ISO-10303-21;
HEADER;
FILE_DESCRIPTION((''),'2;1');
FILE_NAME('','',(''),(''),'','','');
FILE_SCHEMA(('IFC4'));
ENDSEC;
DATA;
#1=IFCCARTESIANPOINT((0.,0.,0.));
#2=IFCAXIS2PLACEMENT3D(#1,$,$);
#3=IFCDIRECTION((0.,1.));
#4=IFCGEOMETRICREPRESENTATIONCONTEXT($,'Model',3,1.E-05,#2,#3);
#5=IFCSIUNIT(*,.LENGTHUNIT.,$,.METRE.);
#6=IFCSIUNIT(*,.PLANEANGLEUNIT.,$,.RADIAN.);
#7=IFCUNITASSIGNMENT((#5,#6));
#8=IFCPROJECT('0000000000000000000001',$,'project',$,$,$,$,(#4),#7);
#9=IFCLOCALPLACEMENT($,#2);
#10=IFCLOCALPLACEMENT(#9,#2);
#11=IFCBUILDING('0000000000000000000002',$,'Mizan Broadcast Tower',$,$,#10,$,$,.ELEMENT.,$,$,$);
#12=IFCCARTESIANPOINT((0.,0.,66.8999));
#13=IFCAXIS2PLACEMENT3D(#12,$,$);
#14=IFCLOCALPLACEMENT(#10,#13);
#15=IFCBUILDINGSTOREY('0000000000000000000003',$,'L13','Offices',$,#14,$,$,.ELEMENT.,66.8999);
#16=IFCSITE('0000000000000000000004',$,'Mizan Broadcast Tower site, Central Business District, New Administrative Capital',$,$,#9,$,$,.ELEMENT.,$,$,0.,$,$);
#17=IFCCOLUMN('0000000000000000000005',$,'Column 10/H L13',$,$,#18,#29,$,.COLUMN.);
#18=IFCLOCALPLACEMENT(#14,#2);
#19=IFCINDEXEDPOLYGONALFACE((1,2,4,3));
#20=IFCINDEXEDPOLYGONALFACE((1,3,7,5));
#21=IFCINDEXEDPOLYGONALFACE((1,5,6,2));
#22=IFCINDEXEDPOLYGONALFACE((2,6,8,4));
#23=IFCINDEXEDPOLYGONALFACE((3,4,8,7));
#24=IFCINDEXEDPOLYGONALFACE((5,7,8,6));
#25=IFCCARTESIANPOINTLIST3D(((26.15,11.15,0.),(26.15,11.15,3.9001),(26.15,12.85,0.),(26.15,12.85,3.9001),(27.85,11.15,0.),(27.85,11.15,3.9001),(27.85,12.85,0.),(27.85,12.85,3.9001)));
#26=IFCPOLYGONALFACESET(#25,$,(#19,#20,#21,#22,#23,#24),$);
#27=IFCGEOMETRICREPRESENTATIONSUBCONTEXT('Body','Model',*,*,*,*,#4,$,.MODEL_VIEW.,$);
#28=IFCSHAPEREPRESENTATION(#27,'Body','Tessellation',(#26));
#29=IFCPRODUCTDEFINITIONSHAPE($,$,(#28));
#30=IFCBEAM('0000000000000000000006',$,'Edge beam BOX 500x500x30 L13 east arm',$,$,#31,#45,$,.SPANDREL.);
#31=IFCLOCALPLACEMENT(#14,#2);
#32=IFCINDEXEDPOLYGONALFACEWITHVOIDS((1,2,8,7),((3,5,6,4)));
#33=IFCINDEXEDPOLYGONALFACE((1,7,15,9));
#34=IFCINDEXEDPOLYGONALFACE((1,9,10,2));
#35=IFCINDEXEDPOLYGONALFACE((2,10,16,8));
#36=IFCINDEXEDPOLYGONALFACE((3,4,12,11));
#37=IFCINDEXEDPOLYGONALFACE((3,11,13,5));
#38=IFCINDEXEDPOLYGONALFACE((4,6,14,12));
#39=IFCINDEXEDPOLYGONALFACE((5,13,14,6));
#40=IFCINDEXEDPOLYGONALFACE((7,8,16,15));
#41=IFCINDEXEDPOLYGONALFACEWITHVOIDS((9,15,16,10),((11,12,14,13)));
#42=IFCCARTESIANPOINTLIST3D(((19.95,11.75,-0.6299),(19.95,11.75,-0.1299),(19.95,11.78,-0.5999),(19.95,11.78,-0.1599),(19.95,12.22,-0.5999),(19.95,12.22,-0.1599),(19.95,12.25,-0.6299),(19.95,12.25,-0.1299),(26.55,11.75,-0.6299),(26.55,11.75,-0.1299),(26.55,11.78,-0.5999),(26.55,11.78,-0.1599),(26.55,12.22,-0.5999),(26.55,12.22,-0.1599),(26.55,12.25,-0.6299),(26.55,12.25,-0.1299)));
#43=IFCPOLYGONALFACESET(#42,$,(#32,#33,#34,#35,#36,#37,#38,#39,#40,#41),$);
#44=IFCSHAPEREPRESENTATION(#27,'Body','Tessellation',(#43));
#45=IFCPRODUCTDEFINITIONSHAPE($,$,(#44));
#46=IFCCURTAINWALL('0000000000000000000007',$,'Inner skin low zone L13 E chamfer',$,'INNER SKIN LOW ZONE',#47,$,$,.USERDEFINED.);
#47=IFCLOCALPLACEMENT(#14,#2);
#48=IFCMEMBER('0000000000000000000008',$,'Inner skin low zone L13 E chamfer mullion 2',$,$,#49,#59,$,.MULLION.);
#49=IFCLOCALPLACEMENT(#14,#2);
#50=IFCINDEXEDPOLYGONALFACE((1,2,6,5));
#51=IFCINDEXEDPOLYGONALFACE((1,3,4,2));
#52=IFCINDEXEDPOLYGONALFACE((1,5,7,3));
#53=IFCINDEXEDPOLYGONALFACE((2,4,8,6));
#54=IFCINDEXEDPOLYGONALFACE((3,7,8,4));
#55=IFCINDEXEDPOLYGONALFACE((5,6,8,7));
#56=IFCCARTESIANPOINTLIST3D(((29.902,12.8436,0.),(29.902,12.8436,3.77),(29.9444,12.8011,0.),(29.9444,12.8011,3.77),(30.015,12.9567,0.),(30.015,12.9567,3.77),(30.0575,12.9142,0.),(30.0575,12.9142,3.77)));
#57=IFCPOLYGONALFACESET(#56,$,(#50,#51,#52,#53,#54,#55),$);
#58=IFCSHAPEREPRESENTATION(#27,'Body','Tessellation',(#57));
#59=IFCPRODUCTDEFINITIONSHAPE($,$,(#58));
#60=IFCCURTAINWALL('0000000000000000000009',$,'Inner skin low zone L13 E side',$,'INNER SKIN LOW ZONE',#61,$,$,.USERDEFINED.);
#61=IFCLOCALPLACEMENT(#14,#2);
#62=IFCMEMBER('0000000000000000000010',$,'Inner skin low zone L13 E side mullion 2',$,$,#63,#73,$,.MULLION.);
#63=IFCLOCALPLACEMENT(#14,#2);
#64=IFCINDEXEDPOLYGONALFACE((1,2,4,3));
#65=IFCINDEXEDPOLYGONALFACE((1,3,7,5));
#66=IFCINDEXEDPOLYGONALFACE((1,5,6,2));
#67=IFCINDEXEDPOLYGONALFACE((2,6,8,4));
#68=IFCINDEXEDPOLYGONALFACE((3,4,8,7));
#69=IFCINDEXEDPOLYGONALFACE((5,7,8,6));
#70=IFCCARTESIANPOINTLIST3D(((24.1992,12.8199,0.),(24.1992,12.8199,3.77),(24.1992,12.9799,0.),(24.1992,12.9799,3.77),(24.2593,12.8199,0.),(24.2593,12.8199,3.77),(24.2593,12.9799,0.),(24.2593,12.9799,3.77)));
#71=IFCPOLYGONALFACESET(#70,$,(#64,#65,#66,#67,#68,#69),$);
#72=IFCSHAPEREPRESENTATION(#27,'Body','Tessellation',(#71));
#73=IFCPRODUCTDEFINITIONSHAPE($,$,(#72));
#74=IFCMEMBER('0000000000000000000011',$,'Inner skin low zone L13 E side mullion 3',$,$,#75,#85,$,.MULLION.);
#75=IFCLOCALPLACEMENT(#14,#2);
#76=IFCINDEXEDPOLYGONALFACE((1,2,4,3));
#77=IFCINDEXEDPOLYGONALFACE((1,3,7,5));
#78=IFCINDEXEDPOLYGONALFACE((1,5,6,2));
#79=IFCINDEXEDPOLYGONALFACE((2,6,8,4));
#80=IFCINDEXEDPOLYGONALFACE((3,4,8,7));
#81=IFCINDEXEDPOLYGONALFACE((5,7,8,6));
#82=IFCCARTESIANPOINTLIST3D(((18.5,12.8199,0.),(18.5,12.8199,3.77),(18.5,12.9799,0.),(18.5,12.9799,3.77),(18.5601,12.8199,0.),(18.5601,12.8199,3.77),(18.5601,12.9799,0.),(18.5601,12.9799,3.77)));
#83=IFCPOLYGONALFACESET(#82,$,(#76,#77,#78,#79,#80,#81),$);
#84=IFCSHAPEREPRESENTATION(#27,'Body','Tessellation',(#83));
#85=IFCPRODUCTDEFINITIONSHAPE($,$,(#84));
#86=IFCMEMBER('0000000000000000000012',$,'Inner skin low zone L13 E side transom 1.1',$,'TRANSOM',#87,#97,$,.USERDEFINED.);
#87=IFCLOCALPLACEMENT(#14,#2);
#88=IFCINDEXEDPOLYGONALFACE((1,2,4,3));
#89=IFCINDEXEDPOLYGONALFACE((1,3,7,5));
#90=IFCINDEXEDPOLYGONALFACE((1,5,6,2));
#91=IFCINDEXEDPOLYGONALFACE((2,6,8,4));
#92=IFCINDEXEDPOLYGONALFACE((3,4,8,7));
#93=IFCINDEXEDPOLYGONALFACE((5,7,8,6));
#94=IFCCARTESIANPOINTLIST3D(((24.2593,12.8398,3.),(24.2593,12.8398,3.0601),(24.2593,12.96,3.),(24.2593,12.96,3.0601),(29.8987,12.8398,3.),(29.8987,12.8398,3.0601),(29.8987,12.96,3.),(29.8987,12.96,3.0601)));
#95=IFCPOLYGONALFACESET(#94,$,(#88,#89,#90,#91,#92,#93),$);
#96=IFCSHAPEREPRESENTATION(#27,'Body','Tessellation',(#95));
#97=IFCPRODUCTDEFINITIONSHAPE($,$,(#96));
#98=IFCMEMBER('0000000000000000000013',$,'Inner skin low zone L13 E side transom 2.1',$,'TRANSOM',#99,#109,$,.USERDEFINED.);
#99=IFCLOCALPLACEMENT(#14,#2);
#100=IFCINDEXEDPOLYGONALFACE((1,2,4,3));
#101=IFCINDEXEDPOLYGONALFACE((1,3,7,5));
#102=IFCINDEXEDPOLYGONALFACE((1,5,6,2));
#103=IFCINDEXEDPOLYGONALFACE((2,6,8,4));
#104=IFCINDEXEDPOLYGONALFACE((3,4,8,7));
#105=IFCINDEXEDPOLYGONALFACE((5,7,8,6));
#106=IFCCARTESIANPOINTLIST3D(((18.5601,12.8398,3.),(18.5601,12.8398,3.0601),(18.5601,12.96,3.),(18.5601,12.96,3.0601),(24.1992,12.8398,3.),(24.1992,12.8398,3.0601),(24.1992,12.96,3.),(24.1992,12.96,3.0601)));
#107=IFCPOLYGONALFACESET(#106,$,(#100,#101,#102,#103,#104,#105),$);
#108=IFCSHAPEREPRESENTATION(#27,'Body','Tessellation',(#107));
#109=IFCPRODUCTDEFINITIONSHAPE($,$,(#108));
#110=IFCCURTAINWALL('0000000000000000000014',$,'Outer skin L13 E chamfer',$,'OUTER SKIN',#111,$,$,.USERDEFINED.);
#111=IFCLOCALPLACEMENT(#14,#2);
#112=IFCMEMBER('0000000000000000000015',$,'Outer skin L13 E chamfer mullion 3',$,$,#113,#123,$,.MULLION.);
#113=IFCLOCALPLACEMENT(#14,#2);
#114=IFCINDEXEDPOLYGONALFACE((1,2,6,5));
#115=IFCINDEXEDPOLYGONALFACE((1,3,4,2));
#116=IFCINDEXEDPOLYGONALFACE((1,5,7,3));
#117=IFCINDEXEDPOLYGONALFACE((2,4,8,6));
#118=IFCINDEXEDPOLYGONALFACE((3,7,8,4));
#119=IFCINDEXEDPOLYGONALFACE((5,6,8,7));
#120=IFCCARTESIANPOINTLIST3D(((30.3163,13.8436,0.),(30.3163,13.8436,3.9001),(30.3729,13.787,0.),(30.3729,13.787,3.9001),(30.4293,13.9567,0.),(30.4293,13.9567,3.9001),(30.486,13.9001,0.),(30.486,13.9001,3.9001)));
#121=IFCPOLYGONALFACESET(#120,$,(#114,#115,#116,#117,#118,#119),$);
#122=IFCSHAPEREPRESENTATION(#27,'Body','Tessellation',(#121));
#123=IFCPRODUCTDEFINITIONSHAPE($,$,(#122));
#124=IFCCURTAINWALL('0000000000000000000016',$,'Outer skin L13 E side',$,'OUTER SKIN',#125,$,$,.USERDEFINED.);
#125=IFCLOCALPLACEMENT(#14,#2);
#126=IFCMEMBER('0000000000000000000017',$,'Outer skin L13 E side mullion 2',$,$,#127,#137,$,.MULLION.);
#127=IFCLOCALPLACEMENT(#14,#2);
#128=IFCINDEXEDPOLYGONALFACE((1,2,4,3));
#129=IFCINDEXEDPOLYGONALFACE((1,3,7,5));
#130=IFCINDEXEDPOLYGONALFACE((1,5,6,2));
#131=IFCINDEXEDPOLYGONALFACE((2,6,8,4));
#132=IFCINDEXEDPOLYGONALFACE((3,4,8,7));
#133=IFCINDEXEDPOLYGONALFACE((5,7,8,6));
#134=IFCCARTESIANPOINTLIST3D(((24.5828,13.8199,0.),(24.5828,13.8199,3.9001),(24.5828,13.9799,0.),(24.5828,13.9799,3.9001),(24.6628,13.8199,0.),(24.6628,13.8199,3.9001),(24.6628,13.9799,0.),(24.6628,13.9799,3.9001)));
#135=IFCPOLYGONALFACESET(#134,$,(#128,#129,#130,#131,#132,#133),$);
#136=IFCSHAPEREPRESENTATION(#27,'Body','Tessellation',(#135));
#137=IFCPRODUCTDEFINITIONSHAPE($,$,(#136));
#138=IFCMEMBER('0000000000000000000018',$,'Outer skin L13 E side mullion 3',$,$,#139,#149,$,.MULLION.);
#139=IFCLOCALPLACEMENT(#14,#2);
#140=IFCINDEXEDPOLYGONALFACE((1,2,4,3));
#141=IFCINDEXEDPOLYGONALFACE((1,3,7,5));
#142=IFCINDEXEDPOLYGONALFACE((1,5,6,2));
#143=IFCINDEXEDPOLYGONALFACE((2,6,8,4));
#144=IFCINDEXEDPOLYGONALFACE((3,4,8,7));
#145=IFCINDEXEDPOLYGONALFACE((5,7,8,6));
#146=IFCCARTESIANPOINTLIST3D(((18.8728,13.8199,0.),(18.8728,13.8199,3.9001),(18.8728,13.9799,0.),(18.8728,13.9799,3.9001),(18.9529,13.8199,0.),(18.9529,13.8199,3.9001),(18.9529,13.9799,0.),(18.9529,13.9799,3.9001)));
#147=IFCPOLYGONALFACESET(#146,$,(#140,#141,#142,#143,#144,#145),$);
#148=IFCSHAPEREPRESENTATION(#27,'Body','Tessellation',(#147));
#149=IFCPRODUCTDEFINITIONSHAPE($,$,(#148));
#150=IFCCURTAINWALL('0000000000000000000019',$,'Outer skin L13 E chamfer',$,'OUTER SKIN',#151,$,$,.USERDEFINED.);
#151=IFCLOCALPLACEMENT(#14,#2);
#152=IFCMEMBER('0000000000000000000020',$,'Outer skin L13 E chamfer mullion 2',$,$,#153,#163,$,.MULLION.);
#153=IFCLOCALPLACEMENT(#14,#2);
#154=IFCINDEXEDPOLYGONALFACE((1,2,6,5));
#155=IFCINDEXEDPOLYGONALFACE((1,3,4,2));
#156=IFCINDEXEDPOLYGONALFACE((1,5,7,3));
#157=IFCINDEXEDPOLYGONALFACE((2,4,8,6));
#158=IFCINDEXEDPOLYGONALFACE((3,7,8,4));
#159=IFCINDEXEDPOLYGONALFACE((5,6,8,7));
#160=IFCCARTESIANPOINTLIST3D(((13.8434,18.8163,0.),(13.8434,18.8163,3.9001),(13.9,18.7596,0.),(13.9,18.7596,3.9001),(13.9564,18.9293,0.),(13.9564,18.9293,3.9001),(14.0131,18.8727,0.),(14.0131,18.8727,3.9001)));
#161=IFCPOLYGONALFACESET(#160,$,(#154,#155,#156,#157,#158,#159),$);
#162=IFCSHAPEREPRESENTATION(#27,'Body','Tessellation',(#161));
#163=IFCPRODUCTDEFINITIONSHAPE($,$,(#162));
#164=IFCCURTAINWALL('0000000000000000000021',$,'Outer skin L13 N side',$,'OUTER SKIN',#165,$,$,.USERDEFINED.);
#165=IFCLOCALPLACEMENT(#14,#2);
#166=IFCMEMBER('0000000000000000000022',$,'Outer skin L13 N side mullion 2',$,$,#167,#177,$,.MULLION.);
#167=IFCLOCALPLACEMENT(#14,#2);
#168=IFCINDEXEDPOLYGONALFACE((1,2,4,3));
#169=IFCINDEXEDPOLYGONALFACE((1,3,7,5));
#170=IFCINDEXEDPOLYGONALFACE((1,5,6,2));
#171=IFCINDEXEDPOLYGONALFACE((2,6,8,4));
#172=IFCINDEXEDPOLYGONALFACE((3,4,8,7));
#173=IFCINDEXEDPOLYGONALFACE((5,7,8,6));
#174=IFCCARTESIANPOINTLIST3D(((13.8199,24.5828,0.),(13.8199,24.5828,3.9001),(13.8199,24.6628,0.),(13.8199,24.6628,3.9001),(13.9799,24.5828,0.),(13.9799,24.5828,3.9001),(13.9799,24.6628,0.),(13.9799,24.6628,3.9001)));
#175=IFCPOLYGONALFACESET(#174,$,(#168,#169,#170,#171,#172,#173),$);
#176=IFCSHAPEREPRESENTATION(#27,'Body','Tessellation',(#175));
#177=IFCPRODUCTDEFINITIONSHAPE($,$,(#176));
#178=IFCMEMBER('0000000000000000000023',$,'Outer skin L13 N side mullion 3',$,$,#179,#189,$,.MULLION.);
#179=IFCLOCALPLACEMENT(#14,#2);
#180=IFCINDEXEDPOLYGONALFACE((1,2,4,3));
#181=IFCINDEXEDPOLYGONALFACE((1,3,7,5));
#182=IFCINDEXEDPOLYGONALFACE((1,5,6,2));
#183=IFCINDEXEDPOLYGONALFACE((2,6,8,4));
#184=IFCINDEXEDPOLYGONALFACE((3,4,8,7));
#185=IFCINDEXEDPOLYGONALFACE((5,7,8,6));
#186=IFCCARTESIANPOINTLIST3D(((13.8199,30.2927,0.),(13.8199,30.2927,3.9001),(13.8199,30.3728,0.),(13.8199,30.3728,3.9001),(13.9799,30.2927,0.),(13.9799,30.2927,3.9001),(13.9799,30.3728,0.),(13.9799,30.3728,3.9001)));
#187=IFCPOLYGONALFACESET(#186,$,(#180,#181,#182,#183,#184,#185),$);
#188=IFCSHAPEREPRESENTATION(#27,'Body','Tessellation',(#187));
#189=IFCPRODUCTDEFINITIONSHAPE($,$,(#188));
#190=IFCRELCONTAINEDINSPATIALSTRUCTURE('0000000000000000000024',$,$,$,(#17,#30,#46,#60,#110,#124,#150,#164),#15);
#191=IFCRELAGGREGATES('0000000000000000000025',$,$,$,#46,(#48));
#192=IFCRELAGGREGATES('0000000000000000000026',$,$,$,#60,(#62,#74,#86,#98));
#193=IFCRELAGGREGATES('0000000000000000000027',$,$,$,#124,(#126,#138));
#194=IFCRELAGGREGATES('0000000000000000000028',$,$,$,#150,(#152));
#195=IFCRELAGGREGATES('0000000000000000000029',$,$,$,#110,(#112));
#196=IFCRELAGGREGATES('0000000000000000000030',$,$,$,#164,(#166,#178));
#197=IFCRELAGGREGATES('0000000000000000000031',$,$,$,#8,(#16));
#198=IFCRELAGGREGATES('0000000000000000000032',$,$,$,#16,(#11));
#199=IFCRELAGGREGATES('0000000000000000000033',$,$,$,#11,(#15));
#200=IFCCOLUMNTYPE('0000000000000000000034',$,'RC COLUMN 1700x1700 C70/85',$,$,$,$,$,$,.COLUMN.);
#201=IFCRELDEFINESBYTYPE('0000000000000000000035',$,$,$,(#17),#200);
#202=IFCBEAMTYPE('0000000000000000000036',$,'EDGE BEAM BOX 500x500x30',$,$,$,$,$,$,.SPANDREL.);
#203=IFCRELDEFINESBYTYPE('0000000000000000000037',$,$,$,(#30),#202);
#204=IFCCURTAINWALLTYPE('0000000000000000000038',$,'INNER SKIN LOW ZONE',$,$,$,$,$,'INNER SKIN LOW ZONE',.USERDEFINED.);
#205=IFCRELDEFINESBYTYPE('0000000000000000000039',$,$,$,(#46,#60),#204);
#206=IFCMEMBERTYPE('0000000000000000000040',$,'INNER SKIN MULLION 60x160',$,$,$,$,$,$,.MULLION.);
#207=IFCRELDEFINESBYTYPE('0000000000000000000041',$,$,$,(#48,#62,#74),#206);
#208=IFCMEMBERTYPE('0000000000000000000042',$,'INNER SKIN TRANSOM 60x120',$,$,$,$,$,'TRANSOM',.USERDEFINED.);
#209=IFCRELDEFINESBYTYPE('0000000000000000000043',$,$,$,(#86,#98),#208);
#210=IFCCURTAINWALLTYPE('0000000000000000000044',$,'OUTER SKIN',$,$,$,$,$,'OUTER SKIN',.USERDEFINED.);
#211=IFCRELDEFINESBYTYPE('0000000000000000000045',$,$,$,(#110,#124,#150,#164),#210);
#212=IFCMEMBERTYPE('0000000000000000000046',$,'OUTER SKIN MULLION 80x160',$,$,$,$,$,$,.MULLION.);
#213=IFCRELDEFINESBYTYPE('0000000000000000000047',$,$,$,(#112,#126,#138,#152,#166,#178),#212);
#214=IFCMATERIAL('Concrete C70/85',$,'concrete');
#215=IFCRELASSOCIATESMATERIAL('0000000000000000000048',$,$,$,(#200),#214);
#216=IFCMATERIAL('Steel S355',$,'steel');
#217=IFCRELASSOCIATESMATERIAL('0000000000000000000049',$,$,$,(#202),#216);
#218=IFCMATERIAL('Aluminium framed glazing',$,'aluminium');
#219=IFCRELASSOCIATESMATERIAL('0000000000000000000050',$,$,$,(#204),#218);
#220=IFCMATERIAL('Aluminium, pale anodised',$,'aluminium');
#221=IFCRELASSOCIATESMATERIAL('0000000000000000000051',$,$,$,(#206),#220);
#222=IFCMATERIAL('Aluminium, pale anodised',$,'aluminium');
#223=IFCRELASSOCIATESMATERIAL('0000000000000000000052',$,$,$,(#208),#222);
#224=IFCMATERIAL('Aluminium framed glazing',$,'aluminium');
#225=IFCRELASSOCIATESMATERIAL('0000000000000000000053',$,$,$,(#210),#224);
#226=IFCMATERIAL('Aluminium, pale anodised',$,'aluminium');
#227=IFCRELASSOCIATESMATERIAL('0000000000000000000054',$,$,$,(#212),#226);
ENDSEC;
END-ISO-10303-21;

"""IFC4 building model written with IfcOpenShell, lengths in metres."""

from ifc_helpers import new_model, si_unit, direction, frame, origin, origin_2d, place, context, subcontext, project, spatial, rectangle, hollow_rectangle, extrude, material, material_profile, profile_set, type_object, element, aggregate, save


model = new_model("IFC4")

# Units and contexts
model_context = context("Model", 3, precision=1e-05, world=origin(), true_north=direction((0.0, 1.0)))
body_context = subcontext(model_context, "Body", "Model", "MODEL_VIEW")
ifc_project = project(units=[si_unit("LENGTHUNIT", "METRE"), si_unit("PLANEANGLEUNIT", "RADIAN")], contexts=[model_context])

# Site, building, storey
site_placement = place(None, origin())
site = spatial("IfcSite", under=ifc_project, at=site_placement, Name="Mizan Broadcast Tower site, Central Business District, New Administrative Capital", CompositionType="ELEMENT", RefElevation=0.0)
building_placement = place(site_placement, origin())
building = spatial("IfcBuilding", under=site, at=building_placement, Name="Mizan Broadcast Tower", CompositionType="ELEMENT")
storey_placement = place(building_placement, frame((0.0, 0.0, 66.8999)))
storey = spatial("IfcBuildingStorey", under=building, at=storey_placement, Name="L13", Description="Offices", CompositionType="ELEMENT", Elevation=66.8999)

# Column
ifc_material_1 = material(Name="Concrete C70/85", Category="concrete")
ifc_material_profile_1 = material_profile(ifc_material_1, rectangle(XDim=1.7, YDim=1.7, at=origin_2d()), Name="RC 1700x1700")
ifc_profile_set_1 = profile_set([ifc_material_profile_1], Name="Concrete C70/85")
column_type = type_object("IfcColumnType", Name="RC COLUMN 1700x1700 C70/85", PredefinedType="COLUMN", material=ifc_profile_set_1)
column_placement = place(storey_placement, frame((27.0, 12.0, 0.0), z_axis=(0.0, 0.0, 1.0), x_axis=(1.0, 0.0, 0.0)))
element("IfcColumn", 1, at=column_placement, inside=storey, type_object=column_type, Name="Column 10/H L13", PredefinedType="COLUMN", context=body_context, shape_type="SweptSolid", body=[
    extrude(rectangle(XDim=1.7, YDim=1.7, at=origin_2d()), origin(), (0.0, 0.0, 1.0), 3.9001),
])

# Beam
ifc_material_2 = material(Name="Steel S355", Category="steel")
ifc_material_profile_2 = material_profile(ifc_material_2, hollow_rectangle(XDim=0.5, YDim=0.5, WallThickness=0.03, at=origin_2d()), Name="BOX 500x500x30")
ifc_profile_set_2 = profile_set([ifc_material_profile_2], Name="Steel S355")
beam_type_1 = type_object("IfcBeamType", Name="EDGE BEAM BOX 500x500x30", PredefinedType="SPANDREL", material=ifc_profile_set_2)
beam_1_placement = place(storey_placement, frame((19.95, 12.0, -0.3799), z_axis=(1.0, 0.0, 0.0), x_axis=(0.0, 1.0, 0.0)))
element("IfcBeam", 2, at=beam_1_placement, inside=storey, type_object=beam_type_1, Name="Edge beam BOX 500x500x30 L13 east arm", PredefinedType="SPANDREL", context=body_context, shape_type="SweptSolid", body=[
    extrude(hollow_rectangle(XDim=0.5, YDim=0.5, WallThickness=0.03, at=origin_2d()), origin(), (0.0, 0.0, 1.0), 6.6001),
])

# Curtain wall, member
ifc_material_3 = material(Name="Aluminium framed glazing", Category="aluminium")
curtain_wall_type_1 = type_object("IfcCurtainWallType", Name="INNER SKIN LOW ZONE", ElementType="INNER SKIN LOW ZONE", PredefinedType="USERDEFINED", material=ifc_material_3)
curtain_wall_1_placement = place(storey_placement, origin())
curtain_wall_1 = element("IfcCurtainWall", 3, at=curtain_wall_1_placement, inside=storey, type_object=curtain_wall_type_1, Name="Inner skin low zone L13 E chamfer", ObjectType="INNER SKIN LOW ZONE", PredefinedType="USERDEFINED")
ifc_material_4 = material(Name="Aluminium, pale anodised", Category="aluminium")
ifc_material_profile_3 = material_profile(ifc_material_4, rectangle(XDim=0.1599, YDim=0.0601, at=origin_2d()), Name="MULLION 160x60")
ifc_profile_set_3 = profile_set([ifc_material_profile_3], Name="Aluminium, pale anodised")
member_type_1 = type_object("IfcMemberType", Name="INNER SKIN MULLION 60x160", PredefinedType="MULLION", material=ifc_profile_set_3)
member_1_placement = place(storey_placement, frame((29.9797, 12.8789, 0.0), z_axis=(0.0, 0.0, 1.0), x_axis=(-0.707107, -0.707107, 0.0)))
member_1 = element("IfcMember", 4, at=member_1_placement, type_object=member_type_1, Name="Inner skin low zone L13 E chamfer mullion 2", PredefinedType="MULLION", context=body_context, shape_type="SweptSolid", body=[
    extrude(rectangle(XDim=0.1599, YDim=0.0601, at=origin_2d()), origin(), (0.0, 0.0, 1.0), 3.77),
])
aggregate(curtain_wall_1, [member_1])

# Curtain wall, members
curtain_wall_2_placement = place(storey_placement, origin())
curtain_wall_2 = element("IfcCurtainWall", 5, at=curtain_wall_2_placement, inside=storey, type_object=curtain_wall_type_1, Name="Inner skin low zone L13 E side", ObjectType="INNER SKIN LOW ZONE", PredefinedType="USERDEFINED")
member_2_placement = place(storey_placement, frame((24.2292, 12.8999, 0.0), z_axis=(0.0, 0.0, 1.0), x_axis=(0.0, -1.0, 0.0)))
member_2 = element("IfcMember", 6, at=member_2_placement, type_object=member_type_1, Name="Inner skin low zone L13 E side mullion 2", PredefinedType="MULLION", context=body_context, shape_type="SweptSolid", body=[
    extrude(rectangle(XDim=0.1599, YDim=0.0601, at=origin_2d()), origin(), (0.0, 0.0, 1.0), 3.77),
])
member_3_placement = place(storey_placement, frame((18.53, 12.8999, 0.0), z_axis=(0.0, 0.0, 1.0), x_axis=(0.0, -1.0, 0.0)))
member_3 = element("IfcMember", 7, at=member_3_placement, type_object=member_type_1, Name="Inner skin low zone L13 E side mullion 3", PredefinedType="MULLION", context=body_context, shape_type="SweptSolid", body=[
    extrude(rectangle(XDim=0.1599, YDim=0.0601, at=origin_2d()), origin(), (0.0, 0.0, 1.0), 3.77),
])
ifc_material_5 = material(Name="Aluminium, pale anodised", Category="aluminium")
ifc_material_profile_4 = material_profile(ifc_material_5, rectangle(XDim=0.1201, YDim=0.0601, at=origin_2d()), Name="TRANSOM 120x60")
ifc_profile_set_4 = profile_set([ifc_material_profile_4], Name="Aluminium, pale anodised")
member_type_2 = type_object("IfcMemberType", Name="INNER SKIN TRANSOM 60x120", ElementType="TRANSOM", PredefinedType="USERDEFINED", material=ifc_profile_set_4)
member_4_placement = place(storey_placement, frame((29.8987, 12.8999, 3.03), z_axis=(-1.0, 0.0, 0.0), x_axis=(0.0, -1.0, 0.0)))
member_4 = element("IfcMember", 8, at=member_4_placement, type_object=member_type_2, Name="Inner skin low zone L13 E side transom 1.1", ObjectType="TRANSOM", PredefinedType="USERDEFINED", context=body_context, shape_type="SweptSolid", body=[
    extrude(rectangle(XDim=0.1201, YDim=0.0601, at=origin_2d()), origin(), (0.0, 0.0, 1.0), 5.6394),
])
member_5_placement = place(storey_placement, frame((24.1992, 12.8999, 3.03), z_axis=(-1.0, 0.0, 0.0), x_axis=(0.0, -1.0, 0.0)))
member_5 = element("IfcMember", 9, at=member_5_placement, type_object=member_type_2, Name="Inner skin low zone L13 E side transom 2.1", ObjectType="TRANSOM", PredefinedType="USERDEFINED", context=body_context, shape_type="SweptSolid", body=[
    extrude(rectangle(XDim=0.1201, YDim=0.0601, at=origin_2d()), origin(), (0.0, 0.0, 1.0), 5.6392),
])

# Curtain wall, member
ifc_material_6 = material(Name="Aluminium framed glazing", Category="aluminium")
curtain_wall_type_2 = type_object("IfcCurtainWallType", Name="OUTER SKIN", ElementType="OUTER SKIN", PredefinedType="USERDEFINED", material=ifc_material_6)
curtain_wall_3_placement = place(storey_placement, origin())
curtain_wall_3 = element("IfcCurtainWall", 10, at=curtain_wall_3_placement, inside=storey, type_object=curtain_wall_type_2, Name="Outer skin L13 E chamfer", ObjectType="OUTER SKIN", PredefinedType="USERDEFINED")
ifc_material_7 = material(Name="Aluminium, pale anodised", Category="aluminium")
ifc_material_profile_5 = material_profile(ifc_material_7, rectangle(XDim=0.1599, YDim=0.0801, at=origin_2d()), Name="MULLION 160x80")
ifc_profile_set_5 = profile_set([ifc_material_profile_5], Name="Aluminium, pale anodised")
member_type_3 = type_object("IfcMemberType", Name="OUTER SKIN MULLION 80x160", PredefinedType="MULLION", material=ifc_profile_set_5)
member_6_placement = place(storey_placement, frame((30.4011, 13.8718, 0.0), z_axis=(0.0, 0.0, 1.0), x_axis=(-0.707107, -0.707107, 0.0)))
member_6 = element("IfcMember", 11, at=member_6_placement, type_object=member_type_3, Name="Outer skin L13 E chamfer mullion 3", PredefinedType="MULLION", context=body_context, shape_type="SweptSolid", body=[
    extrude(rectangle(XDim=0.1599, YDim=0.0801, at=origin_2d()), origin(), (0.0, 0.0, 1.0), 3.9001),
])

# Curtain wall, members
curtain_wall_4_placement = place(storey_placement, origin())
curtain_wall_4 = element("IfcCurtainWall", 12, at=curtain_wall_4_placement, inside=storey, type_object=curtain_wall_type_2, Name="Outer skin L13 E side", ObjectType="OUTER SKIN", PredefinedType="USERDEFINED")
member_7_placement = place(storey_placement, frame((24.6228, 13.8999, 0.0), z_axis=(0.0, 0.0, 1.0), x_axis=(0.0, -1.0, 0.0)))
member_7 = element("IfcMember", 13, at=member_7_placement, type_object=member_type_3, Name="Outer skin L13 E side mullion 2", PredefinedType="MULLION", context=body_context, shape_type="SweptSolid", body=[
    extrude(rectangle(XDim=0.1599, YDim=0.0801, at=origin_2d()), origin(), (0.0, 0.0, 1.0), 3.9001),
])
member_8_placement = place(storey_placement, frame((18.9128, 13.8999, 0.0), z_axis=(0.0, 0.0, 1.0), x_axis=(0.0, -1.0, 0.0)))
member_8 = element("IfcMember", 14, at=member_8_placement, type_object=member_type_3, Name="Outer skin L13 E side mullion 3", PredefinedType="MULLION", context=body_context, shape_type="SweptSolid", body=[
    extrude(rectangle(XDim=0.1599, YDim=0.0801, at=origin_2d()), origin(), (0.0, 0.0, 1.0), 3.9001),
])

# Curtain wall, member
curtain_wall_5_placement = place(storey_placement, origin())
curtain_wall_5 = element("IfcCurtainWall", 15, at=curtain_wall_5_placement, inside=storey, type_object=curtain_wall_type_2, Name="Outer skin L13 E chamfer", ObjectType="OUTER SKIN", PredefinedType="USERDEFINED")
member_9_placement = place(storey_placement, frame((13.9282, 18.8445, 0.0), z_axis=(0.0, 0.0, 1.0), x_axis=(-0.707107, -0.707107, 0.0)))
member_9 = element("IfcMember", 16, at=member_9_placement, type_object=member_type_3, Name="Outer skin L13 E chamfer mullion 2", PredefinedType="MULLION", context=body_context, shape_type="SweptSolid", body=[
    extrude(rectangle(XDim=0.1599, YDim=0.0801, at=origin_2d()), origin(), (0.0, 0.0, 1.0), 3.9001),
])

# Curtain wall, members
curtain_wall_6_placement = place(storey_placement, origin())
curtain_wall_6 = element("IfcCurtainWall", 17, at=curtain_wall_6_placement, inside=storey, type_object=curtain_wall_type_2, Name="Outer skin L13 N side", ObjectType="OUTER SKIN", PredefinedType="USERDEFINED")
member_10_placement = place(storey_placement, frame((13.8999, 24.6228, 0.0), z_axis=(0.0, 0.0, 1.0), x_axis=(-1.0, 0.0, 0.0)))
member_10 = element("IfcMember", 18, at=member_10_placement, type_object=member_type_3, Name="Outer skin L13 N side mullion 2", PredefinedType="MULLION", context=body_context, shape_type="SweptSolid", body=[
    extrude(rectangle(XDim=0.1599, YDim=0.0801, at=origin_2d()), origin(), (0.0, 0.0, 1.0), 3.9001),
])
member_11_placement = place(storey_placement, frame((13.8999, 30.3328, 0.0), z_axis=(0.0, 0.0, 1.0), x_axis=(-1.0, 0.0, 0.0)))
member_11 = element("IfcMember", 19, at=member_11_placement, type_object=member_type_3, Name="Outer skin L13 N side mullion 3", PredefinedType="MULLION", context=body_context, shape_type="SweptSolid", body=[
    extrude(rectangle(XDim=0.1599, YDim=0.0801, at=origin_2d()), origin(), (0.0, 0.0, 1.0), 3.9001),
])

aggregate(curtain_wall_2, [member_2, member_3, member_4, member_5])
aggregate(curtain_wall_4, [member_7, member_8])
aggregate(curtain_wall_5, [member_9])
aggregate(curtain_wall_3, [member_6])
aggregate(curtain_wall_6, [member_10, member_11])

save(model, "model.ifc")
